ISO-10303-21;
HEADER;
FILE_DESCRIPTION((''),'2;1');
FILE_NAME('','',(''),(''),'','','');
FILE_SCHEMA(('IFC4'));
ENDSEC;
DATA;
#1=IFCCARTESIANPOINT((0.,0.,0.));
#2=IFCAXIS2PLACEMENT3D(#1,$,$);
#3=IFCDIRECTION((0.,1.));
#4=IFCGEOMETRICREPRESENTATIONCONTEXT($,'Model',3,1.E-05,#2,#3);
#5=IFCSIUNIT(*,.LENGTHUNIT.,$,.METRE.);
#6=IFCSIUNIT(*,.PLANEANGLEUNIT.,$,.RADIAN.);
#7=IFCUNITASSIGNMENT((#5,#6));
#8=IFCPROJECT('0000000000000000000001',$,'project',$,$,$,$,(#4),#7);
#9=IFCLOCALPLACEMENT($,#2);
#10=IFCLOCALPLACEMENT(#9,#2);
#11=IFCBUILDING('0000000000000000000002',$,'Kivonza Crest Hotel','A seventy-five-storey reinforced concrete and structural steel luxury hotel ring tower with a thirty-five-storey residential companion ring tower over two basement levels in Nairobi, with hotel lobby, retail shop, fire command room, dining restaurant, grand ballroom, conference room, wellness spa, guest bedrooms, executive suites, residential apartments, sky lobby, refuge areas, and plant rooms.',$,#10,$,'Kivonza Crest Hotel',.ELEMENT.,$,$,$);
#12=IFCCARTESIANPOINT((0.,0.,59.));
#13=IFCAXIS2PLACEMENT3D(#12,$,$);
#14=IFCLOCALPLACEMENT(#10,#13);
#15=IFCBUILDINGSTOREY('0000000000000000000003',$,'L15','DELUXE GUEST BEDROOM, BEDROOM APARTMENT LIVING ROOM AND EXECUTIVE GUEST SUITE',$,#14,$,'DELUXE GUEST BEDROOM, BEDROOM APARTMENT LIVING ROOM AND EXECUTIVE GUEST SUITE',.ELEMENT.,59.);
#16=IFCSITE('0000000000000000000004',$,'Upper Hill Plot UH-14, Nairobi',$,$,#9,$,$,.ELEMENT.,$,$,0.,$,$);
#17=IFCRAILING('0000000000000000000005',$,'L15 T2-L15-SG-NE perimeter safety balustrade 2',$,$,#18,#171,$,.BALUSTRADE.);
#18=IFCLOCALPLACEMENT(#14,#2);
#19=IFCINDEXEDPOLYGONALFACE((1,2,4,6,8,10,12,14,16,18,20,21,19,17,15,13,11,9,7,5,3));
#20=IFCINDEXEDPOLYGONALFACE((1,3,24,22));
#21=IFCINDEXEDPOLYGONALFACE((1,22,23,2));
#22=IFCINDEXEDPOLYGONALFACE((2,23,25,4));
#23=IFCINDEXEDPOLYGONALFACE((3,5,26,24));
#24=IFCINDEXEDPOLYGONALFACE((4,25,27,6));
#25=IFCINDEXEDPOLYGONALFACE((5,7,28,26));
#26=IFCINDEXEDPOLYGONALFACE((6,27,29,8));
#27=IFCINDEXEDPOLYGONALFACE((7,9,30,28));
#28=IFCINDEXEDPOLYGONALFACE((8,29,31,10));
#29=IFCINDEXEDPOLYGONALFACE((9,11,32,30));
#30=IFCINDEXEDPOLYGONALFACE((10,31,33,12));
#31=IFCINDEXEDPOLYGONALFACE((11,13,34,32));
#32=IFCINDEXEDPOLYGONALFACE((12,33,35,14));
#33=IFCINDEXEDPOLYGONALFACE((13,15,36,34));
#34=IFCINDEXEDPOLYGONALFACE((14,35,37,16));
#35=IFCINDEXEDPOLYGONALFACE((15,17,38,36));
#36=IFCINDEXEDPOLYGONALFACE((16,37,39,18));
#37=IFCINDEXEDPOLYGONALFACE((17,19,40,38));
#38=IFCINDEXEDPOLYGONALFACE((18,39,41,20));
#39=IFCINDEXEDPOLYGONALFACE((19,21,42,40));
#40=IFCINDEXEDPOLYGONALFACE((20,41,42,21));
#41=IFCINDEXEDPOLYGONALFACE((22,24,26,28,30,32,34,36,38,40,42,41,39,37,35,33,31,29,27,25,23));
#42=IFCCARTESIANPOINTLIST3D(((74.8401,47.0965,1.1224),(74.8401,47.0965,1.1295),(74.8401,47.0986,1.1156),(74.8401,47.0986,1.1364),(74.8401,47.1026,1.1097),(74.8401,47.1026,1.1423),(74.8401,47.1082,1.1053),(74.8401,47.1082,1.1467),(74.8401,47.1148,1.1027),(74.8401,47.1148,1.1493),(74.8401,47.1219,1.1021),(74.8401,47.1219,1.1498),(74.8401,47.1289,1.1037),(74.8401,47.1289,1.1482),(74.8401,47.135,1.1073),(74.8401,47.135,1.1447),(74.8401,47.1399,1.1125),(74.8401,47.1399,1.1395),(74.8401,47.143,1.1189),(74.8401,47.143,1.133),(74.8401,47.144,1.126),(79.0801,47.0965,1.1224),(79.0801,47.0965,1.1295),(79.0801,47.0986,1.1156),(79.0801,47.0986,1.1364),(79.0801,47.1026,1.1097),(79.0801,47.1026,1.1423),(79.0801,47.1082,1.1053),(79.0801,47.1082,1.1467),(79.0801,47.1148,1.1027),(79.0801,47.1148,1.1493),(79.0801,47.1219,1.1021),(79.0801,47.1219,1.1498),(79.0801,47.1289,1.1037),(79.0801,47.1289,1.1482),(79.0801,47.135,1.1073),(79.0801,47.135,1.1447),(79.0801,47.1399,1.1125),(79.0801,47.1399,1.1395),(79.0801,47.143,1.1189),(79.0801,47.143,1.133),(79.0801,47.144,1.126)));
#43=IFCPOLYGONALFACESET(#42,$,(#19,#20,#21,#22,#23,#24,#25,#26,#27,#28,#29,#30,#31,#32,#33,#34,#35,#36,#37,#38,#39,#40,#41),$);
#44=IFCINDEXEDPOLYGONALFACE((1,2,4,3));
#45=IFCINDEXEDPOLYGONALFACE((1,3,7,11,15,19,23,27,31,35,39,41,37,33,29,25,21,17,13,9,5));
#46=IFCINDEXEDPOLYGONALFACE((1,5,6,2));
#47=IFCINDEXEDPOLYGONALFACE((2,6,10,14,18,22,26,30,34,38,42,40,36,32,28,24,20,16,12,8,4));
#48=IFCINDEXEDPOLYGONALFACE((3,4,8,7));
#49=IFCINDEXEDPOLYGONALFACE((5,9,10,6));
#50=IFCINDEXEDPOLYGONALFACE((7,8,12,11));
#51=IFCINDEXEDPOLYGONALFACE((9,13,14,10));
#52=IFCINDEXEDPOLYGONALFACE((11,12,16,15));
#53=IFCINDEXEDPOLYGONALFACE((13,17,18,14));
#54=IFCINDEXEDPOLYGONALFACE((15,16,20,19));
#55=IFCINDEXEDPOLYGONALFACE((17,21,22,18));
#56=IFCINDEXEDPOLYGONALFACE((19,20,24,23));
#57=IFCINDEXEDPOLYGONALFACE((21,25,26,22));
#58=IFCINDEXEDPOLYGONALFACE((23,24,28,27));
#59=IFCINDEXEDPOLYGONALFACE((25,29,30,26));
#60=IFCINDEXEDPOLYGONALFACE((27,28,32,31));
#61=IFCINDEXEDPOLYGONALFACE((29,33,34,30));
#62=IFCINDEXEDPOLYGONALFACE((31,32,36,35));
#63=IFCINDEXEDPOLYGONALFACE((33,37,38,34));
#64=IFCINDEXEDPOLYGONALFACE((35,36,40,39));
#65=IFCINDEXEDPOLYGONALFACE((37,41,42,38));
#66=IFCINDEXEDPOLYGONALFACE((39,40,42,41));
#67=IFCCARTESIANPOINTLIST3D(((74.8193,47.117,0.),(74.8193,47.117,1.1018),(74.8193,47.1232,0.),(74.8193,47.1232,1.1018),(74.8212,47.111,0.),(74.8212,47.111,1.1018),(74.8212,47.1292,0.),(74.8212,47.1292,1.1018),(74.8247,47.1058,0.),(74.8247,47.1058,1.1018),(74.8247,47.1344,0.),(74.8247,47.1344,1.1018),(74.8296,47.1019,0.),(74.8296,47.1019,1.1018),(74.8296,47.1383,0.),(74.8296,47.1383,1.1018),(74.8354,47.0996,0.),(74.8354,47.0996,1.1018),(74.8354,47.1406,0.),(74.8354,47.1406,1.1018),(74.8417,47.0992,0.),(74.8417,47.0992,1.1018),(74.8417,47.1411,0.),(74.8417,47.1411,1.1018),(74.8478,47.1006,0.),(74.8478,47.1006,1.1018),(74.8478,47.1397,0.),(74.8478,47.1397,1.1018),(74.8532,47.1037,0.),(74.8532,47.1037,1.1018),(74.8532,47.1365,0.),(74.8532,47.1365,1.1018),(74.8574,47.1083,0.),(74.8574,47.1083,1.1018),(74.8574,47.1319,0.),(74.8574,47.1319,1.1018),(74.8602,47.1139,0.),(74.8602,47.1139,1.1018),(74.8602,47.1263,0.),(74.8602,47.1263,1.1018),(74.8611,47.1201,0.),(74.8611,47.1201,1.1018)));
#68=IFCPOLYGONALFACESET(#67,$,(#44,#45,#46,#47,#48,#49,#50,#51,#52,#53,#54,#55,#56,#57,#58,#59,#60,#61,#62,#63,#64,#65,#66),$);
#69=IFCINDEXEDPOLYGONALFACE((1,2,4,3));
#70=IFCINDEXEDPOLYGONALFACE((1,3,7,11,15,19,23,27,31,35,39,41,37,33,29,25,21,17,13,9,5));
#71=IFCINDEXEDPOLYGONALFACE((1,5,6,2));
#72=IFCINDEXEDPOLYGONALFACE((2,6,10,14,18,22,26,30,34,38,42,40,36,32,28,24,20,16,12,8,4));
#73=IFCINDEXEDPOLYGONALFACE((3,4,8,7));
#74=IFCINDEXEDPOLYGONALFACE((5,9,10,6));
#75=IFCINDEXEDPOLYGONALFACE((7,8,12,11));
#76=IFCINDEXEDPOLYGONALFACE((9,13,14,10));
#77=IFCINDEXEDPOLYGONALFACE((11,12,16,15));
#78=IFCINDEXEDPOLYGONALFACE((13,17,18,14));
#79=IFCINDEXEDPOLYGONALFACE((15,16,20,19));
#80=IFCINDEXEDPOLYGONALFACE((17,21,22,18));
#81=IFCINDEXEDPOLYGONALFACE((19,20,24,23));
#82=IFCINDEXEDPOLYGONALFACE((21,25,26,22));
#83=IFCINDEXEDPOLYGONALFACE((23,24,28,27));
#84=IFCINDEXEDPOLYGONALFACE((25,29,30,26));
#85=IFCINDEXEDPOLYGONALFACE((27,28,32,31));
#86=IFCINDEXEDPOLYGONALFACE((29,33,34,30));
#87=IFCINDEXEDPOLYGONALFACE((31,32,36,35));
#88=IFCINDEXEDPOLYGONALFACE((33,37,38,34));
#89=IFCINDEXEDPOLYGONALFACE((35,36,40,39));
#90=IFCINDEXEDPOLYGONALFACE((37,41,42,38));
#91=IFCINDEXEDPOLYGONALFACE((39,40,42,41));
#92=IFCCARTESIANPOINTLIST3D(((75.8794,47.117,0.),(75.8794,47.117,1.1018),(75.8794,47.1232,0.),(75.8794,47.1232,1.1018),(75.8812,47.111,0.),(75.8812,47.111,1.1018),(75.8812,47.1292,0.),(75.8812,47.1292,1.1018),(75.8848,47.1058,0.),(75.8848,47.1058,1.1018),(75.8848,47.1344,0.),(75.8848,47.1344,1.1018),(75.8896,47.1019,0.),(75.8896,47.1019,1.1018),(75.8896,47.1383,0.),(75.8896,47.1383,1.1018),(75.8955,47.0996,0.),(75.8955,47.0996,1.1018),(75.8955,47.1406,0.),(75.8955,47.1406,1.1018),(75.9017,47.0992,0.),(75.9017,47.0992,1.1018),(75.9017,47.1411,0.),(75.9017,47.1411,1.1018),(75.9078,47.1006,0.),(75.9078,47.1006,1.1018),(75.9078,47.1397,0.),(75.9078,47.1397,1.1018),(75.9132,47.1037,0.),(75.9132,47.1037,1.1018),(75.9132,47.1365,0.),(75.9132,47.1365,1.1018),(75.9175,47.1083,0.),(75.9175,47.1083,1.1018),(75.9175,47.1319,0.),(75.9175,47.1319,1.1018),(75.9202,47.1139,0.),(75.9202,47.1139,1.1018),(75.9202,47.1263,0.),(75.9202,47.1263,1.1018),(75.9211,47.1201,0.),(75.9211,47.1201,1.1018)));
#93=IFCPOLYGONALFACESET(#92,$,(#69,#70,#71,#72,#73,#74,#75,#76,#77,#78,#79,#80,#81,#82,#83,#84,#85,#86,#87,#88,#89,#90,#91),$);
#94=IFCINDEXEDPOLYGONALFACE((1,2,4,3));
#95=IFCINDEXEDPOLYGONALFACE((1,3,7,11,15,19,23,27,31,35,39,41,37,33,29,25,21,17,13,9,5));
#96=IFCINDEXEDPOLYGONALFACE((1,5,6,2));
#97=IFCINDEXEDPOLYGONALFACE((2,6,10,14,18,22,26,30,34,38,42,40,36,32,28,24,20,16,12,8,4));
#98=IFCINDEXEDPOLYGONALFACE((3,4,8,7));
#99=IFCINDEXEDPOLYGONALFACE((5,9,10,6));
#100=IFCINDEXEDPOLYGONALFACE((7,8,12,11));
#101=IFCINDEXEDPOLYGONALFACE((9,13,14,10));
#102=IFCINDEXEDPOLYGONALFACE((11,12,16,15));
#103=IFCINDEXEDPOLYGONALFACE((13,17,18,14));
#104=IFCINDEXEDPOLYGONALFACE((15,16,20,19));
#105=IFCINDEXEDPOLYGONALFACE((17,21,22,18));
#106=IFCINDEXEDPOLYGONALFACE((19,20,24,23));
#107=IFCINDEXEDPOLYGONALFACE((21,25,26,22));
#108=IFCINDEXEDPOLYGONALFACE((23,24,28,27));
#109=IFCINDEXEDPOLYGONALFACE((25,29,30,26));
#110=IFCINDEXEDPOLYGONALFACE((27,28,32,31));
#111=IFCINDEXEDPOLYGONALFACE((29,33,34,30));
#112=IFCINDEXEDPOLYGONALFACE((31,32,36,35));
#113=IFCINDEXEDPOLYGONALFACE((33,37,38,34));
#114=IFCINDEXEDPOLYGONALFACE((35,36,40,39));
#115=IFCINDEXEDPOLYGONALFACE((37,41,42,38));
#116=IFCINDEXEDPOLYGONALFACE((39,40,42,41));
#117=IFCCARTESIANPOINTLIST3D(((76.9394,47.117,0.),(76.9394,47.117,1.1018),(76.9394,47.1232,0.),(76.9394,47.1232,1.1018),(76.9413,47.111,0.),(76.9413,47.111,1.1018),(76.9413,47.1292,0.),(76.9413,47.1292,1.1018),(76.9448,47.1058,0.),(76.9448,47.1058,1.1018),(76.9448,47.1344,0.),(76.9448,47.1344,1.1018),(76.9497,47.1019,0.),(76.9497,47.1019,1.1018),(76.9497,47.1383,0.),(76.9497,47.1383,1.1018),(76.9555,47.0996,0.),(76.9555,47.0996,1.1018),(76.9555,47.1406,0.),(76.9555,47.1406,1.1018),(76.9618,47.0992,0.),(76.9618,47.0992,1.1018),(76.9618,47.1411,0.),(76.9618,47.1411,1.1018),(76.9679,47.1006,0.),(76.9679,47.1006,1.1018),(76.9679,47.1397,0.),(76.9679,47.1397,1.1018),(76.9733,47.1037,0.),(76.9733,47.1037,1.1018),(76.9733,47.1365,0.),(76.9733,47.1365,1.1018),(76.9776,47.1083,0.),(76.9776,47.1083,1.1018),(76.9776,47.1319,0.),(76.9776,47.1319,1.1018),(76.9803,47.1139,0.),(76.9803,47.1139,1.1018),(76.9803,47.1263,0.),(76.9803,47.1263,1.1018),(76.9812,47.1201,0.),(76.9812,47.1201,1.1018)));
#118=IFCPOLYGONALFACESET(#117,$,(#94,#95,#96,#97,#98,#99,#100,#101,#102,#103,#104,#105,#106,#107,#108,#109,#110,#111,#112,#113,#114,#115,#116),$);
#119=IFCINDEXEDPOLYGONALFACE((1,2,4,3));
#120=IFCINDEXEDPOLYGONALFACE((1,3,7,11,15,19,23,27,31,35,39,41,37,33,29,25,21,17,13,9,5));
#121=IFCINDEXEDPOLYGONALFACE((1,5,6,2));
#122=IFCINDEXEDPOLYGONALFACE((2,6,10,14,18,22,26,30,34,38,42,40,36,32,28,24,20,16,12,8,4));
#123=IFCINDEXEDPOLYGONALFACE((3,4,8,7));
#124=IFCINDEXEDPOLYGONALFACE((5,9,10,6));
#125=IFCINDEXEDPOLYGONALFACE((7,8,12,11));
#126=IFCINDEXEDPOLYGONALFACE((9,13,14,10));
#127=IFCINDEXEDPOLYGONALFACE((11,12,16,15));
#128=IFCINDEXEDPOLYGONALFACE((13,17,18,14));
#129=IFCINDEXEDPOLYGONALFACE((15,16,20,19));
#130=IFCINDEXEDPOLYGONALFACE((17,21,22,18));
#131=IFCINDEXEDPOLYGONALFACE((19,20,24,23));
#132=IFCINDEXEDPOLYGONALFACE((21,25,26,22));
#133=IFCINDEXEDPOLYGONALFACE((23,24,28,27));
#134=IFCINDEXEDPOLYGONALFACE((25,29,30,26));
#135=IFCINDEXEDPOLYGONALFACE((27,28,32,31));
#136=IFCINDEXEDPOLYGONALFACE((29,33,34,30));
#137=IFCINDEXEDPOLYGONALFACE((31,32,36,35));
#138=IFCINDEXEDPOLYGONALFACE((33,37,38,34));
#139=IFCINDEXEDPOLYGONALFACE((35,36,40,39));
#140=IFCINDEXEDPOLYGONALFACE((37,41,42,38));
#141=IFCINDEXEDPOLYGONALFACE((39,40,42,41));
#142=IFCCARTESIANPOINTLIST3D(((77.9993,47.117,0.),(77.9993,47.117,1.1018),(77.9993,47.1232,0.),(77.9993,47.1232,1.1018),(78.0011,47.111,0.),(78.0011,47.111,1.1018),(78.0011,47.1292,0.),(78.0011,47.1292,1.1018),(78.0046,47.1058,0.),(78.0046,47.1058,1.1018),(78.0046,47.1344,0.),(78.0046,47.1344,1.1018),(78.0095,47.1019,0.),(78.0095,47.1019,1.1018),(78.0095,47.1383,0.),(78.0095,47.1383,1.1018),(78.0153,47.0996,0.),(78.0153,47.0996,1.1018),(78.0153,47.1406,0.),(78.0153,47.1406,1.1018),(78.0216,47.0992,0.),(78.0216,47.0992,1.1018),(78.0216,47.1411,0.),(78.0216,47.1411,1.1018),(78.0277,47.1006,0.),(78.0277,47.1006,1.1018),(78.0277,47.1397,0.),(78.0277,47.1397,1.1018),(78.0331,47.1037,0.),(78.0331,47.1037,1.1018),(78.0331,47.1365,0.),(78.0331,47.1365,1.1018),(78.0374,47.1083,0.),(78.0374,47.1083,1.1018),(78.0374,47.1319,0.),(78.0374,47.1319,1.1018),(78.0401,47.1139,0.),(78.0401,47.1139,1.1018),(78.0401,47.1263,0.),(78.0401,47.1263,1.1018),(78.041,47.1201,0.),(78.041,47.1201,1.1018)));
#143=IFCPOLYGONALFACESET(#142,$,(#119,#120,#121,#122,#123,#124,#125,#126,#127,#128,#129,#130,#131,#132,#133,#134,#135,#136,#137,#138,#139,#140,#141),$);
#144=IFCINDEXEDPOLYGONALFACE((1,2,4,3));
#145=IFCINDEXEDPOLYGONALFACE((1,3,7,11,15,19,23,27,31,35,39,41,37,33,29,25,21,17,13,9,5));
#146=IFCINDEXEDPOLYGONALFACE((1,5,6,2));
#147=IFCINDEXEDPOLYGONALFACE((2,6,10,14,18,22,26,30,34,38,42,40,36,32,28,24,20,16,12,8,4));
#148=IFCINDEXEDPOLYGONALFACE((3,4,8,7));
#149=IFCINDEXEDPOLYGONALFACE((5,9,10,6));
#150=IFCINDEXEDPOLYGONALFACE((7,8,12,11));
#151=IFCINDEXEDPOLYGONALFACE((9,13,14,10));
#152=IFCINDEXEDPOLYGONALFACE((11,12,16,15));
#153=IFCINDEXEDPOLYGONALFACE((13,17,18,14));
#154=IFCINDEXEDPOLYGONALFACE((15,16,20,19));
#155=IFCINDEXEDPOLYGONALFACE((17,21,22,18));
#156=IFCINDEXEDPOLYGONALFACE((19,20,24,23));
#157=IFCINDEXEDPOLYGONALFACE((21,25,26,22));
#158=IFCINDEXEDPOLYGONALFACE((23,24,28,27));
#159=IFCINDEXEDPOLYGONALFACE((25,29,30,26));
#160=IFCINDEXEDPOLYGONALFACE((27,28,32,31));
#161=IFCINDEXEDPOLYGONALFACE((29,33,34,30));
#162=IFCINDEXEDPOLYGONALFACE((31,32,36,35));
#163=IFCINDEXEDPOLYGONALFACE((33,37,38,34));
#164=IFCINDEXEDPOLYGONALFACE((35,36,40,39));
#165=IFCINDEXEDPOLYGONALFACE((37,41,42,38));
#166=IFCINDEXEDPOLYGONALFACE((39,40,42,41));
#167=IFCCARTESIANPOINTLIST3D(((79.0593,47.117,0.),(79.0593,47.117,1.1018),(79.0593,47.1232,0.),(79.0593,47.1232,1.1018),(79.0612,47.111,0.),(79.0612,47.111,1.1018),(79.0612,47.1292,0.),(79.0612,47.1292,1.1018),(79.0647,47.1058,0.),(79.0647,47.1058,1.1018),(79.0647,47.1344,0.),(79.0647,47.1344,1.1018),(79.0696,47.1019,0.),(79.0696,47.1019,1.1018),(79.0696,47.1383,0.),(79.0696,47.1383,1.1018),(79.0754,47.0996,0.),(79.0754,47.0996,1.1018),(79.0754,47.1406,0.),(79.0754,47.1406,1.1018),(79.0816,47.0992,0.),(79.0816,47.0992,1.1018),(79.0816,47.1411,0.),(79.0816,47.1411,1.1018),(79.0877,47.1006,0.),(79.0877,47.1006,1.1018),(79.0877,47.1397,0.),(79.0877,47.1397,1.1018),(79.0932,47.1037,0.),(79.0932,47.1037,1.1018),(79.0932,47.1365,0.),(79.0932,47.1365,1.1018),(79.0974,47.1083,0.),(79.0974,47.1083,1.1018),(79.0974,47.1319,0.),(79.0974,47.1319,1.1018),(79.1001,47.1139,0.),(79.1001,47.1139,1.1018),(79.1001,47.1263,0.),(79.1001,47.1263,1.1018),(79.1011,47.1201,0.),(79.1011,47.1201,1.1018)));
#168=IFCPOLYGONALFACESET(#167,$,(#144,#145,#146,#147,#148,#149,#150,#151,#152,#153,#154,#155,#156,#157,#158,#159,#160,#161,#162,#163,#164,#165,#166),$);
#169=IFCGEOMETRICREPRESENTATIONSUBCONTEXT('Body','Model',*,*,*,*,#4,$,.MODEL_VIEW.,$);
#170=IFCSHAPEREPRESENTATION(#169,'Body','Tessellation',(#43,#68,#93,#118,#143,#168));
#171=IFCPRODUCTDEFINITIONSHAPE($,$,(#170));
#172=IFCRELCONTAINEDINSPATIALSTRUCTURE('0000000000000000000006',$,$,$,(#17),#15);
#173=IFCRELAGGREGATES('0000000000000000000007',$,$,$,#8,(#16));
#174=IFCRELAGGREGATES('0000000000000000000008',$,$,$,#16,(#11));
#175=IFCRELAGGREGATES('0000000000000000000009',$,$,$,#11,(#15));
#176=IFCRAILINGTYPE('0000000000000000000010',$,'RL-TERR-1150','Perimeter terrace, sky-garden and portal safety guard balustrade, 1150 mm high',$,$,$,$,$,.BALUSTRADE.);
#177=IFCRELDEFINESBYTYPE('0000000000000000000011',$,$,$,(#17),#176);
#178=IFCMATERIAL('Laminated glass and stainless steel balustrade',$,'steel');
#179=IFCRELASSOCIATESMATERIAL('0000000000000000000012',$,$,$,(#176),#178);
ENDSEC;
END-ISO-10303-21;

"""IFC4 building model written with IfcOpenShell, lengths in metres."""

from ifc_helpers import new_model, si_unit, direction, frame, origin, origin_2d, place, context, subcontext, project, spatial, circle, extrude, material, type_object, element, save


model = new_model("IFC4")

# Units and contexts
model_context = context("Model", 3, precision=1e-05, world=origin(), true_north=direction((0.0, 1.0)))
body_context = subcontext(model_context, "Body", "Model", "MODEL_VIEW")
ifc_project = project(units=[si_unit("LENGTHUNIT", "METRE"), si_unit("PLANEANGLEUNIT", "RADIAN")], contexts=[model_context])

# Site, building, storey
site_placement = place(None, origin())
site = spatial("IfcSite", under=ifc_project, at=site_placement, Name="Upper Hill Plot UH-14, Nairobi", CompositionType="ELEMENT", RefElevation=0.0)
building_placement = place(site_placement, origin())
building = spatial("IfcBuilding", under=site, at=building_placement, Name="Kivonza Crest Hotel", Description="A seventy-five-storey reinforced concrete and structural steel luxury hotel ring tower with a thirty-five-storey residential companion ring tower over two basement levels in Nairobi, with hotel lobby, retail shop, fire command room, dining restaurant, grand ballroom, conference room, wellness spa, guest bedrooms, executive suites, residential apartments, sky lobby, refuge areas, and plant rooms.", LongName="Kivonza Crest Hotel", CompositionType="ELEMENT")
storey_placement = place(building_placement, frame((0.0, 0.0, 59.0)))
storey = spatial("IfcBuildingStorey", under=building, at=storey_placement, Name="L15", Description="DELUXE GUEST BEDROOM, BEDROOM APARTMENT LIVING ROOM AND EXECUTIVE GUEST SUITE", LongName="DELUXE GUEST BEDROOM, BEDROOM APARTMENT LIVING ROOM AND EXECUTIVE GUEST SUITE", CompositionType="ELEMENT", Elevation=59.0)

# Railing
ifc_material_1 = material(Name="Laminated glass and stainless steel balustrade", Category="steel")
railing_type_1 = type_object("IfcRailingType", Name="RL-TERR-1150", Description="Perimeter terrace, sky-garden and portal safety guard balustrade, 1150 mm high", PredefinedType="BALUSTRADE", material=ifc_material_1)
railing_1_placement = place(storey_placement, frame((74.8401, 47.1201, 0.0)))
element("IfcRailing", 1, at=railing_1_placement, inside=storey, type_object=railing_type_1, Name="L15 T2-L15-SG-NE perimeter safety balustrade 2", PredefinedType="BALUSTRADE", context=body_context, shape_type="SweptSolid", body=[
    extrude(circle(Radius=0.0239, at=origin_2d()), frame((0.0, 0.0, 1.126), z_axis=(1.0, 0.0, 0.0), x_axis=(0.0, 1.0, 0.0)), (0.0, 0.0, 1.0), 4.24),
    extrude(circle(Radius=0.021, at=origin_2d()), origin(), (0.0, 0.0, 1.0), 1.1018),
    extrude(circle(Radius=0.021, at=origin_2d()), frame((1.0601, 0.0, 0.0)), (0.0, 0.0, 1.0), 1.1018),
    extrude(circle(Radius=0.021, at=origin_2d()), frame((2.1201, 0.0, 0.0)), (0.0, 0.0, 1.0), 1.1018),
    extrude(circle(Radius=0.021, at=origin_2d()), frame((3.1799, 0.0, 0.0)), (0.0, 0.0, 1.0), 1.1018),
    extrude(circle(Radius=0.021, at=origin_2d()), frame((4.24, 0.0, 0.0)), (0.0, 0.0, 1.0), 1.1018),
])

save(model, "model.ifc")
